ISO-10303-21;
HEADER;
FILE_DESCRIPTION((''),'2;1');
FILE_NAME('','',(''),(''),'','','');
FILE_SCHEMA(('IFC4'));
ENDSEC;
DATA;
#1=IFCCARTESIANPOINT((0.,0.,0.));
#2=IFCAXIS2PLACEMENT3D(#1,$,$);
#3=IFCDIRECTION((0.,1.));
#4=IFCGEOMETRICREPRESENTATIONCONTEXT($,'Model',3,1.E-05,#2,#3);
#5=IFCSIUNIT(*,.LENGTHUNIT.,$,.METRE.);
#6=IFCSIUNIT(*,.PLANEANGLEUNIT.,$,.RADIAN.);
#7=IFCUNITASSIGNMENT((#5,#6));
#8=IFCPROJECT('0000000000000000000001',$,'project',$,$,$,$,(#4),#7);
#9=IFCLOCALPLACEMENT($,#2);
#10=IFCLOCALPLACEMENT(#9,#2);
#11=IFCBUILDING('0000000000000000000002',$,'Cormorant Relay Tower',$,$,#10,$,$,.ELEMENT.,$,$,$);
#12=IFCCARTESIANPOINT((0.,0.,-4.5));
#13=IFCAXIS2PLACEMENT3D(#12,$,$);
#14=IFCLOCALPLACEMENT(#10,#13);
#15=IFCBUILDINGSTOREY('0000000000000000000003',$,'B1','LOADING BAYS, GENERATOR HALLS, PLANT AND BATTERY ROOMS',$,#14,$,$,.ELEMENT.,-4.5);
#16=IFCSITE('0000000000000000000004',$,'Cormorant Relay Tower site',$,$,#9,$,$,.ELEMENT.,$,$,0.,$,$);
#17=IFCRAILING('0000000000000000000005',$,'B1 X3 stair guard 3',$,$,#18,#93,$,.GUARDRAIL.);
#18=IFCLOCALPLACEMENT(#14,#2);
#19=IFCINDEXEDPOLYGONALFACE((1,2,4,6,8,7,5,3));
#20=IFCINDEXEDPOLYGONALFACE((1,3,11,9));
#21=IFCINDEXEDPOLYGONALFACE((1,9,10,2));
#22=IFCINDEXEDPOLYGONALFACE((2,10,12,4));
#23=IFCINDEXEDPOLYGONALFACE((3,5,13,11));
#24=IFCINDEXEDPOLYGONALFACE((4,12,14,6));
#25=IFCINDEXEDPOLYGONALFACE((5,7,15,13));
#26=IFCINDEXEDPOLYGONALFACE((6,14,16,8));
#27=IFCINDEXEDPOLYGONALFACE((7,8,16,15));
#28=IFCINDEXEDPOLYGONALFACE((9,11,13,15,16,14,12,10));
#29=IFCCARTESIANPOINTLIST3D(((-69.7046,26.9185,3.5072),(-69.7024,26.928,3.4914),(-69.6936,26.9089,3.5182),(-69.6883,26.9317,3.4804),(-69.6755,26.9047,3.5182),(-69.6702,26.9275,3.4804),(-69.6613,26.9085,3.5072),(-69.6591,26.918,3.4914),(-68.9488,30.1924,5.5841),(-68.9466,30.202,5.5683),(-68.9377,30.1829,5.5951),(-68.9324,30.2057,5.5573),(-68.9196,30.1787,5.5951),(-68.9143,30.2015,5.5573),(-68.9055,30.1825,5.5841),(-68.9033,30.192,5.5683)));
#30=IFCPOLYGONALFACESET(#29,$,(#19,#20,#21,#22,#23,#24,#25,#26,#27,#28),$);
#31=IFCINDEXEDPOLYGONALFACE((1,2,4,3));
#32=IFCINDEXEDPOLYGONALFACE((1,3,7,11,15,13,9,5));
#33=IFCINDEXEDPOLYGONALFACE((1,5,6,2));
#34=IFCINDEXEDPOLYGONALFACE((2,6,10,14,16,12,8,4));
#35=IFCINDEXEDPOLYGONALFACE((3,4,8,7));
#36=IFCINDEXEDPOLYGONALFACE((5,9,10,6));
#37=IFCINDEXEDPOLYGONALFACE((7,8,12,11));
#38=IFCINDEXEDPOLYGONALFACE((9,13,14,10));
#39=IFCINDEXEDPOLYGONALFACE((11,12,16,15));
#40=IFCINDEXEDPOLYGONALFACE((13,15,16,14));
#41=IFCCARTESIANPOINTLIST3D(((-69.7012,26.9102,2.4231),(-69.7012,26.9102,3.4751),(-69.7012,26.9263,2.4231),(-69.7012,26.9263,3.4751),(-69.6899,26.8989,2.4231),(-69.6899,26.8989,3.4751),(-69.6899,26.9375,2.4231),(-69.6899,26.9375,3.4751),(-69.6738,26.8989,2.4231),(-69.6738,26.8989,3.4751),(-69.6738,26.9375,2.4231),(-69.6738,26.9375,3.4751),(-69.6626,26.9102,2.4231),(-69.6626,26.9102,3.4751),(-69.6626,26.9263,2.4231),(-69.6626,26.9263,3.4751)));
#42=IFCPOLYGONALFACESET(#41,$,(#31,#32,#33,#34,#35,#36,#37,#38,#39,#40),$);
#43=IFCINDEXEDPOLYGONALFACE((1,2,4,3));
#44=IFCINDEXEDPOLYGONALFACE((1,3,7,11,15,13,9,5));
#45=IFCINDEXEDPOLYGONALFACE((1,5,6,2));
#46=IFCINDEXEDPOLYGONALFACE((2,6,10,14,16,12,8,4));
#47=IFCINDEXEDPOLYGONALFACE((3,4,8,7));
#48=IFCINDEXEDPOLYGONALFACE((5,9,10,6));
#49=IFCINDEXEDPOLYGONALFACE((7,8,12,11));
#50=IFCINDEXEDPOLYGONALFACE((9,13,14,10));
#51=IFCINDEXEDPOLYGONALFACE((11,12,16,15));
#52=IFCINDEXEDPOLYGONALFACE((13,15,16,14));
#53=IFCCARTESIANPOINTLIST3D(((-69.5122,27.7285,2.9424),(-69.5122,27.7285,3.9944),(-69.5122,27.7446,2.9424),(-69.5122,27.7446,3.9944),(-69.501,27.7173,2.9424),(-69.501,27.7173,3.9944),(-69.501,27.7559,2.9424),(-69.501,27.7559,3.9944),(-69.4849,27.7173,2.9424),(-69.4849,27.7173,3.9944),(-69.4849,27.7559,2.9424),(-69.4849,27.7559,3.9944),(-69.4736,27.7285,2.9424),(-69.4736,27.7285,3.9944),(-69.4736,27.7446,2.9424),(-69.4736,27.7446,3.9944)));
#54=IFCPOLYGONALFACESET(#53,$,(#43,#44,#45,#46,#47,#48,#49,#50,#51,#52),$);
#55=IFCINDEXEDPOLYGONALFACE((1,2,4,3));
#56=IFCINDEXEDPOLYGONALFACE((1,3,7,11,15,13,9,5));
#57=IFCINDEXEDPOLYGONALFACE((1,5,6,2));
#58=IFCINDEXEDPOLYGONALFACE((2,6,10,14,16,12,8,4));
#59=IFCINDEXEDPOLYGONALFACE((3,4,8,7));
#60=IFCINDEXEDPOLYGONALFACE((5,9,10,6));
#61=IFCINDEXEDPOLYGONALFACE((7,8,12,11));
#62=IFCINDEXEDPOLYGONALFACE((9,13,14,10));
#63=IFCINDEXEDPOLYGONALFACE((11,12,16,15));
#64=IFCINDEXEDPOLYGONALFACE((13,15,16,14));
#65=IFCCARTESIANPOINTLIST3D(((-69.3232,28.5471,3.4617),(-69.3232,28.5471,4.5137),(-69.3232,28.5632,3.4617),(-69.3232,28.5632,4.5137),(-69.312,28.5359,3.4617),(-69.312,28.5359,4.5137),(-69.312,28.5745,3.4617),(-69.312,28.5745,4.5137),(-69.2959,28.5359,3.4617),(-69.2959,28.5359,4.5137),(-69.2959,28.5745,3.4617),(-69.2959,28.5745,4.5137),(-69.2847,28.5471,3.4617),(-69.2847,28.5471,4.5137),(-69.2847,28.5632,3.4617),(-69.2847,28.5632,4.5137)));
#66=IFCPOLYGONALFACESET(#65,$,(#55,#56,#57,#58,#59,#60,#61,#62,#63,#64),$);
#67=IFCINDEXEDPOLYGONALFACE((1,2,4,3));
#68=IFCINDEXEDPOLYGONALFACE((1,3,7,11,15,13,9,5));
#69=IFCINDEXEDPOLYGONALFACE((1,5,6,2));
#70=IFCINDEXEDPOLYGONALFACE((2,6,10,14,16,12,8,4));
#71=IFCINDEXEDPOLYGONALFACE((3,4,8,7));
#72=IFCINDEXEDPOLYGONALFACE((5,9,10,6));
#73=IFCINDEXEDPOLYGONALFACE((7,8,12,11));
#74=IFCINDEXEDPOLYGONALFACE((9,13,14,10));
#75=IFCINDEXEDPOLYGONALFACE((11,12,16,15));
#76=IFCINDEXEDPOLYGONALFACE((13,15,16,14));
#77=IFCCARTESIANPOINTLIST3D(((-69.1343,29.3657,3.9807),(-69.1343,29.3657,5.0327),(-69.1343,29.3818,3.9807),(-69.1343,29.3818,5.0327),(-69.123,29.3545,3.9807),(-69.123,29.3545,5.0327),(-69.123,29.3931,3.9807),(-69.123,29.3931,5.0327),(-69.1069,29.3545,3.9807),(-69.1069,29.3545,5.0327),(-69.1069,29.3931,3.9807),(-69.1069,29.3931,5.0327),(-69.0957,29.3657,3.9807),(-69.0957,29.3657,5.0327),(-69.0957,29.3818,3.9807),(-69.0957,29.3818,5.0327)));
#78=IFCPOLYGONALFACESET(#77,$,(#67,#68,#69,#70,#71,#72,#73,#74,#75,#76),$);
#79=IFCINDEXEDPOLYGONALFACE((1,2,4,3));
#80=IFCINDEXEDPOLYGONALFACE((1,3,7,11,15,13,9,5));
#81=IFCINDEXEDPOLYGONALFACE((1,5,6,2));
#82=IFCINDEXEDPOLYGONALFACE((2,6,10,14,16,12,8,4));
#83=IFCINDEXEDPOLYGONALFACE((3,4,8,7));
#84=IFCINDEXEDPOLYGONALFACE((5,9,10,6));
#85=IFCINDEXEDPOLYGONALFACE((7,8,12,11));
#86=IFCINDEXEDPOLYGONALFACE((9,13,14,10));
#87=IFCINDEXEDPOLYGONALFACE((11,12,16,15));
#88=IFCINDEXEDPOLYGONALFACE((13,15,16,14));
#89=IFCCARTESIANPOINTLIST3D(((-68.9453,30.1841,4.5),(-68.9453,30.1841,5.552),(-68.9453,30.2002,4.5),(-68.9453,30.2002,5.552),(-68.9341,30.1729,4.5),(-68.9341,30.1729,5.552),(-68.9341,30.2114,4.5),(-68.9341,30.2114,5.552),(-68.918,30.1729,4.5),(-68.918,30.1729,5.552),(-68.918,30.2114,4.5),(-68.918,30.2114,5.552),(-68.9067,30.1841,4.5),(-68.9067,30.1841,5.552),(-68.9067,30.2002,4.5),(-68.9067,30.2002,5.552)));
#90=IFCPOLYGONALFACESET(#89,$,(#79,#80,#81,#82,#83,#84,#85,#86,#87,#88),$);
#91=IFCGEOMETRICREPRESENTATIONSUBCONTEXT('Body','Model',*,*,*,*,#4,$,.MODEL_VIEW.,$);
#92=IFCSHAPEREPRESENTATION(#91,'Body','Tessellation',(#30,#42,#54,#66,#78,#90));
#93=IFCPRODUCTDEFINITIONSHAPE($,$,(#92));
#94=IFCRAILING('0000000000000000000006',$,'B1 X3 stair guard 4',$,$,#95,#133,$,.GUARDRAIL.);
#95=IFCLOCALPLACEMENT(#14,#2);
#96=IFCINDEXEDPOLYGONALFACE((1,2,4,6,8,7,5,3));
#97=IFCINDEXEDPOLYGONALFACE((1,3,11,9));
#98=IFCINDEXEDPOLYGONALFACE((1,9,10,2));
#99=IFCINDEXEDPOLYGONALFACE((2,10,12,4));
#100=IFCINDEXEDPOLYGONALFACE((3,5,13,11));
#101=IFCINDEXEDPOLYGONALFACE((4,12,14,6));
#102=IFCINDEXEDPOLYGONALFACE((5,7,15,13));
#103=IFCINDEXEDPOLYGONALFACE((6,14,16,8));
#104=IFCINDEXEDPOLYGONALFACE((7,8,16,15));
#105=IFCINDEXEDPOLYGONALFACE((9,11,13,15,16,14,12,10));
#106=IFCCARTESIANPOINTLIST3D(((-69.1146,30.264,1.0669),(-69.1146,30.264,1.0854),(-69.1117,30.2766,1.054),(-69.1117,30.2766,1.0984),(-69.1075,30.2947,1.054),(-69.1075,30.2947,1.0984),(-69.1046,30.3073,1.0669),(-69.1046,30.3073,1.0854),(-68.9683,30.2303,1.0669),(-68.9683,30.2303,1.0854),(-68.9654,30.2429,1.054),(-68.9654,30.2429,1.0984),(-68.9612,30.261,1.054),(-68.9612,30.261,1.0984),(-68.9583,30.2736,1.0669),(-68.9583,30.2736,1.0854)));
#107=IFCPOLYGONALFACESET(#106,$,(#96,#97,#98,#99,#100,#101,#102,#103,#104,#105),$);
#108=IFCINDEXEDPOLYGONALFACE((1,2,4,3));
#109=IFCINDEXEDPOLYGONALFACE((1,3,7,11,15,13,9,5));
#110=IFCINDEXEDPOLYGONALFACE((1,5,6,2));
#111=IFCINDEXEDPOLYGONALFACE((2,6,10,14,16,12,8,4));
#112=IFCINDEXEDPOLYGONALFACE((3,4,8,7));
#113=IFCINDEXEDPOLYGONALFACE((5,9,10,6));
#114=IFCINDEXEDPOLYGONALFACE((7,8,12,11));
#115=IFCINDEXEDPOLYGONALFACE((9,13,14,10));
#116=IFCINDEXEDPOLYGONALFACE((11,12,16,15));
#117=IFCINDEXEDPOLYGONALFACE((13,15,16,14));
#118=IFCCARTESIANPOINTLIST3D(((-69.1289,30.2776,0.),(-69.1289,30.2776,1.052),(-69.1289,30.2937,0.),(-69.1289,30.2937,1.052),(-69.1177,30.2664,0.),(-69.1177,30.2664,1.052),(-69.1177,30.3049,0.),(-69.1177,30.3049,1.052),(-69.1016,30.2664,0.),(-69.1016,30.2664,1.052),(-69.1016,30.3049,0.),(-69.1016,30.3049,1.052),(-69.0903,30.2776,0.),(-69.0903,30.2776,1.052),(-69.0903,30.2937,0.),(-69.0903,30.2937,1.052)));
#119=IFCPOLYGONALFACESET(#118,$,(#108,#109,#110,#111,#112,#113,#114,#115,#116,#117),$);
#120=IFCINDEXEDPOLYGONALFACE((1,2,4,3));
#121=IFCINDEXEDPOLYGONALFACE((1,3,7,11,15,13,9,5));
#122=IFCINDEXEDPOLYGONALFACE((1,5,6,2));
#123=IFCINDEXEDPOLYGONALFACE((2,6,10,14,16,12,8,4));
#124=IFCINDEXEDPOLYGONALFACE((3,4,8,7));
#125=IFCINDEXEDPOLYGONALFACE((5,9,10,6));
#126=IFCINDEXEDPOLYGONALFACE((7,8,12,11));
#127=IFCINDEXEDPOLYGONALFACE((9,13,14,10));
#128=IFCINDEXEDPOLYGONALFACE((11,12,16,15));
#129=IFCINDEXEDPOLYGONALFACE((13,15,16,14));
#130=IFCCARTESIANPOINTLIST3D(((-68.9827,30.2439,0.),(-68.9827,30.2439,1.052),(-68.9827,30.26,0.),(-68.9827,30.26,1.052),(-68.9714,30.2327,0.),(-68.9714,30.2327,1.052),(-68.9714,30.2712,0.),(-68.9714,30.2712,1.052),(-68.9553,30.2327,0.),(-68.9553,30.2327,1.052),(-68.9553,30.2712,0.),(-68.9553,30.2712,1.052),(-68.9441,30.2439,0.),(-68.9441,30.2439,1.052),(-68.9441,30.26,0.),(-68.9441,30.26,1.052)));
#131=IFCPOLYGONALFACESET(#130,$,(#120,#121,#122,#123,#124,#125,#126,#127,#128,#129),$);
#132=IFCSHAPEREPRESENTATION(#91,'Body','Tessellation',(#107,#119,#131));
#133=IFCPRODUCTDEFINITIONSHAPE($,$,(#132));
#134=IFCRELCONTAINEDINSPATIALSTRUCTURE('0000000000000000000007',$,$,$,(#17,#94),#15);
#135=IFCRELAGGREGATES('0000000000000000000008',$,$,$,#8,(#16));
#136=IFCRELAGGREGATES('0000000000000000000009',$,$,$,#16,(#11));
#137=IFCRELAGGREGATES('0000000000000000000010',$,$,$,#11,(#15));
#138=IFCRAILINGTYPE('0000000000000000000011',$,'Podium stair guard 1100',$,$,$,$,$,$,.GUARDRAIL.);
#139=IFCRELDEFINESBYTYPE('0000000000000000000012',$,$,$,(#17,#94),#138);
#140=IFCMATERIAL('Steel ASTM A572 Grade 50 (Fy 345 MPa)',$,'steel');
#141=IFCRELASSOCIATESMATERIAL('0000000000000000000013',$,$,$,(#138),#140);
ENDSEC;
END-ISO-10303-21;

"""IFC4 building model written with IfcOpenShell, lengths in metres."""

from ifc_helpers import new_model, si_unit, direction, frame, origin, place, context, subcontext, project, spatial, polyline, outline, extrude, material, type_object, element, save


model = new_model("IFC4")

# Units and contexts
model_context = context("Model", 3, precision=1e-05, world=origin(), true_north=direction((0.0, 1.0)))
body_context = subcontext(model_context, "Body", "Model", "MODEL_VIEW")
ifc_project = project(units=[si_unit("LENGTHUNIT", "METRE"), si_unit("PLANEANGLEUNIT", "RADIAN")], contexts=[model_context])

# Site, building, storey
site_placement = place(None, origin())
site = spatial("IfcSite", under=ifc_project, at=site_placement, Name="Cormorant Relay Tower site", CompositionType="ELEMENT", RefElevation=0.0)
building_placement = place(site_placement, origin())
building = spatial("IfcBuilding", under=site, at=building_placement, Name="Cormorant Relay Tower", CompositionType="ELEMENT")
storey_placement = place(building_placement, frame((0.0, 0.0, -4.5)))
storey = spatial("IfcBuildingStorey", under=building, at=storey_placement, Name="B1", Description="LOADING BAYS, GENERATOR HALLS, PLANT AND BATTERY ROOMS", CompositionType="ELEMENT", Elevation=-4.5)

# Railings
ifc_material_1 = material(Name="Steel ASTM A572 Grade 50 (Fy 345 MPa)", Category="steel")
railing_type_1 = type_object("IfcRailingType", Name="Podium stair guard 1100", PredefinedType="GUARDRAIL", material=ifc_material_1)
railing_1_placement = place(storey_placement, frame((-69.6819, 26.9182, 2.4231)))
element("IfcRailing", 1, at=railing_1_placement, inside=storey, type_object=railing_type_1, Name="B1 X3 stair guard 3", PredefinedType="GUARDRAIL", context=body_context, shape_type="SweptSolid", body=[
    extrude(outline(polyline([(0.0222, 0.0093), (0.0093, 0.0222), (-0.0093, 0.0222), (-0.0222, 0.0093), (-0.0222, -0.0093), (-0.0093, -0.0222), (0.0093, -0.0222), (0.0222, -0.0093), (0.0222, 0.0093)])), frame((0.0, 0.0, 1.0762), z_axis=(0.191351, 0.828817, 0.525783), x_axis=(-0.974369, 0.224955, 0.0)), (0.0, 0.0, 1.0), 3.9502),
    extrude(outline(polyline([(0.0193, 0.0081), (0.0081, 0.0193), (-0.0081, 0.0193), (-0.0193, 0.0081), (-0.0193, -0.0081), (-0.0081, -0.0193), (0.0081, -0.0193), (0.0193, -0.0081), (0.0193, 0.0081)])), origin(), (0.0, 0.0, 1.0), 1.052),
    extrude(outline(polyline([(0.0193, 0.0081), (0.0081, 0.0193), (-0.0081, 0.0193), (-0.0193, 0.0081), (-0.0193, -0.0081), (-0.0081, -0.0193), (0.0081, -0.0193), (0.0193, -0.0081), (0.0193, 0.0081)])), frame((0.189, 0.8184, 0.5193)), (0.0, 0.0, 1.0), 1.052),
    extrude(outline(polyline([(0.0193, 0.0081), (0.0081, 0.0193), (-0.0081, 0.0193), (-0.0193, 0.0081), (-0.0193, -0.0081), (-0.0081, -0.0193), (0.0081, -0.0193), (0.0193, -0.0081), (0.0193, 0.0081)])), frame((0.3779, 1.637, 1.0386)), (0.0, 0.0, 1.0), 1.052),
    extrude(outline(polyline([(0.0193, 0.0081), (0.0081, 0.0193), (-0.0081, 0.0193), (-0.0193, 0.0081), (-0.0193, -0.0081), (-0.0081, -0.0193), (0.0081, -0.0193), (0.0193, -0.0081), (0.0193, 0.0081)])), frame((0.5669, 2.4556, 1.5576)), (0.0, 0.0, 1.0), 1.052),
    extrude(outline(polyline([(0.0193, 0.0081), (0.0081, 0.0193), (-0.0081, 0.0193), (-0.0193, 0.0081), (-0.0193, -0.0081), (-0.0081, -0.0193), (0.0081, -0.0193), (0.0193, -0.0081), (0.0193, 0.0081)])), frame((0.7559, 3.2739, 2.0769)), (0.0, 0.0, 1.0), 1.052),
])
railing_2_placement = place(storey_placement, frame((-69.1096, 30.2856, 0.0)))
element("IfcRailing", 2, at=railing_2_placement, inside=storey, type_object=railing_type_1, Name="B1 X3 stair guard 4", PredefinedType="GUARDRAIL", context=body_context, shape_type="SweptSolid", body=[
    extrude(outline(polyline([(0.0222, 0.0093), (0.0093, 0.0222), (-0.0093, 0.0222), (-0.0222, 0.0093), (-0.0222, -0.0093), (-0.0093, -0.0222), (0.0093, -0.0222), (0.0222, -0.0093), (0.0222, 0.0093)])), frame((0.0, 0.0, 1.0762), z_axis=(0.974473, -0.224503, 0.0), x_axis=(0.224503, 0.974473, 0.0)), (0.0, 0.0, 1.0), 0.1501),
    extrude(outline(polyline([(0.0193, 0.0081), (0.0081, 0.0193), (-0.0081, 0.0193), (-0.0193, 0.0081), (-0.0193, -0.0081), (-0.0081, -0.0193), (0.0081, -0.0193), (0.0193, -0.0081), (0.0193, 0.0081)])), origin(), (0.0, 0.0, 1.0), 1.052),
    extrude(outline(polyline([(0.0193, 0.0081), (0.0081, 0.0193), (-0.0081, 0.0193), (-0.0193, 0.0081), (-0.0193, -0.0081), (-0.0081, -0.0193), (0.0081, -0.0193), (0.0193, -0.0081), (0.0193, 0.0081)])), frame((0.1462, -0.0337, 0.0)), (0.0, 0.0, 1.0), 1.052),
])

save(model, "model.ifc")
